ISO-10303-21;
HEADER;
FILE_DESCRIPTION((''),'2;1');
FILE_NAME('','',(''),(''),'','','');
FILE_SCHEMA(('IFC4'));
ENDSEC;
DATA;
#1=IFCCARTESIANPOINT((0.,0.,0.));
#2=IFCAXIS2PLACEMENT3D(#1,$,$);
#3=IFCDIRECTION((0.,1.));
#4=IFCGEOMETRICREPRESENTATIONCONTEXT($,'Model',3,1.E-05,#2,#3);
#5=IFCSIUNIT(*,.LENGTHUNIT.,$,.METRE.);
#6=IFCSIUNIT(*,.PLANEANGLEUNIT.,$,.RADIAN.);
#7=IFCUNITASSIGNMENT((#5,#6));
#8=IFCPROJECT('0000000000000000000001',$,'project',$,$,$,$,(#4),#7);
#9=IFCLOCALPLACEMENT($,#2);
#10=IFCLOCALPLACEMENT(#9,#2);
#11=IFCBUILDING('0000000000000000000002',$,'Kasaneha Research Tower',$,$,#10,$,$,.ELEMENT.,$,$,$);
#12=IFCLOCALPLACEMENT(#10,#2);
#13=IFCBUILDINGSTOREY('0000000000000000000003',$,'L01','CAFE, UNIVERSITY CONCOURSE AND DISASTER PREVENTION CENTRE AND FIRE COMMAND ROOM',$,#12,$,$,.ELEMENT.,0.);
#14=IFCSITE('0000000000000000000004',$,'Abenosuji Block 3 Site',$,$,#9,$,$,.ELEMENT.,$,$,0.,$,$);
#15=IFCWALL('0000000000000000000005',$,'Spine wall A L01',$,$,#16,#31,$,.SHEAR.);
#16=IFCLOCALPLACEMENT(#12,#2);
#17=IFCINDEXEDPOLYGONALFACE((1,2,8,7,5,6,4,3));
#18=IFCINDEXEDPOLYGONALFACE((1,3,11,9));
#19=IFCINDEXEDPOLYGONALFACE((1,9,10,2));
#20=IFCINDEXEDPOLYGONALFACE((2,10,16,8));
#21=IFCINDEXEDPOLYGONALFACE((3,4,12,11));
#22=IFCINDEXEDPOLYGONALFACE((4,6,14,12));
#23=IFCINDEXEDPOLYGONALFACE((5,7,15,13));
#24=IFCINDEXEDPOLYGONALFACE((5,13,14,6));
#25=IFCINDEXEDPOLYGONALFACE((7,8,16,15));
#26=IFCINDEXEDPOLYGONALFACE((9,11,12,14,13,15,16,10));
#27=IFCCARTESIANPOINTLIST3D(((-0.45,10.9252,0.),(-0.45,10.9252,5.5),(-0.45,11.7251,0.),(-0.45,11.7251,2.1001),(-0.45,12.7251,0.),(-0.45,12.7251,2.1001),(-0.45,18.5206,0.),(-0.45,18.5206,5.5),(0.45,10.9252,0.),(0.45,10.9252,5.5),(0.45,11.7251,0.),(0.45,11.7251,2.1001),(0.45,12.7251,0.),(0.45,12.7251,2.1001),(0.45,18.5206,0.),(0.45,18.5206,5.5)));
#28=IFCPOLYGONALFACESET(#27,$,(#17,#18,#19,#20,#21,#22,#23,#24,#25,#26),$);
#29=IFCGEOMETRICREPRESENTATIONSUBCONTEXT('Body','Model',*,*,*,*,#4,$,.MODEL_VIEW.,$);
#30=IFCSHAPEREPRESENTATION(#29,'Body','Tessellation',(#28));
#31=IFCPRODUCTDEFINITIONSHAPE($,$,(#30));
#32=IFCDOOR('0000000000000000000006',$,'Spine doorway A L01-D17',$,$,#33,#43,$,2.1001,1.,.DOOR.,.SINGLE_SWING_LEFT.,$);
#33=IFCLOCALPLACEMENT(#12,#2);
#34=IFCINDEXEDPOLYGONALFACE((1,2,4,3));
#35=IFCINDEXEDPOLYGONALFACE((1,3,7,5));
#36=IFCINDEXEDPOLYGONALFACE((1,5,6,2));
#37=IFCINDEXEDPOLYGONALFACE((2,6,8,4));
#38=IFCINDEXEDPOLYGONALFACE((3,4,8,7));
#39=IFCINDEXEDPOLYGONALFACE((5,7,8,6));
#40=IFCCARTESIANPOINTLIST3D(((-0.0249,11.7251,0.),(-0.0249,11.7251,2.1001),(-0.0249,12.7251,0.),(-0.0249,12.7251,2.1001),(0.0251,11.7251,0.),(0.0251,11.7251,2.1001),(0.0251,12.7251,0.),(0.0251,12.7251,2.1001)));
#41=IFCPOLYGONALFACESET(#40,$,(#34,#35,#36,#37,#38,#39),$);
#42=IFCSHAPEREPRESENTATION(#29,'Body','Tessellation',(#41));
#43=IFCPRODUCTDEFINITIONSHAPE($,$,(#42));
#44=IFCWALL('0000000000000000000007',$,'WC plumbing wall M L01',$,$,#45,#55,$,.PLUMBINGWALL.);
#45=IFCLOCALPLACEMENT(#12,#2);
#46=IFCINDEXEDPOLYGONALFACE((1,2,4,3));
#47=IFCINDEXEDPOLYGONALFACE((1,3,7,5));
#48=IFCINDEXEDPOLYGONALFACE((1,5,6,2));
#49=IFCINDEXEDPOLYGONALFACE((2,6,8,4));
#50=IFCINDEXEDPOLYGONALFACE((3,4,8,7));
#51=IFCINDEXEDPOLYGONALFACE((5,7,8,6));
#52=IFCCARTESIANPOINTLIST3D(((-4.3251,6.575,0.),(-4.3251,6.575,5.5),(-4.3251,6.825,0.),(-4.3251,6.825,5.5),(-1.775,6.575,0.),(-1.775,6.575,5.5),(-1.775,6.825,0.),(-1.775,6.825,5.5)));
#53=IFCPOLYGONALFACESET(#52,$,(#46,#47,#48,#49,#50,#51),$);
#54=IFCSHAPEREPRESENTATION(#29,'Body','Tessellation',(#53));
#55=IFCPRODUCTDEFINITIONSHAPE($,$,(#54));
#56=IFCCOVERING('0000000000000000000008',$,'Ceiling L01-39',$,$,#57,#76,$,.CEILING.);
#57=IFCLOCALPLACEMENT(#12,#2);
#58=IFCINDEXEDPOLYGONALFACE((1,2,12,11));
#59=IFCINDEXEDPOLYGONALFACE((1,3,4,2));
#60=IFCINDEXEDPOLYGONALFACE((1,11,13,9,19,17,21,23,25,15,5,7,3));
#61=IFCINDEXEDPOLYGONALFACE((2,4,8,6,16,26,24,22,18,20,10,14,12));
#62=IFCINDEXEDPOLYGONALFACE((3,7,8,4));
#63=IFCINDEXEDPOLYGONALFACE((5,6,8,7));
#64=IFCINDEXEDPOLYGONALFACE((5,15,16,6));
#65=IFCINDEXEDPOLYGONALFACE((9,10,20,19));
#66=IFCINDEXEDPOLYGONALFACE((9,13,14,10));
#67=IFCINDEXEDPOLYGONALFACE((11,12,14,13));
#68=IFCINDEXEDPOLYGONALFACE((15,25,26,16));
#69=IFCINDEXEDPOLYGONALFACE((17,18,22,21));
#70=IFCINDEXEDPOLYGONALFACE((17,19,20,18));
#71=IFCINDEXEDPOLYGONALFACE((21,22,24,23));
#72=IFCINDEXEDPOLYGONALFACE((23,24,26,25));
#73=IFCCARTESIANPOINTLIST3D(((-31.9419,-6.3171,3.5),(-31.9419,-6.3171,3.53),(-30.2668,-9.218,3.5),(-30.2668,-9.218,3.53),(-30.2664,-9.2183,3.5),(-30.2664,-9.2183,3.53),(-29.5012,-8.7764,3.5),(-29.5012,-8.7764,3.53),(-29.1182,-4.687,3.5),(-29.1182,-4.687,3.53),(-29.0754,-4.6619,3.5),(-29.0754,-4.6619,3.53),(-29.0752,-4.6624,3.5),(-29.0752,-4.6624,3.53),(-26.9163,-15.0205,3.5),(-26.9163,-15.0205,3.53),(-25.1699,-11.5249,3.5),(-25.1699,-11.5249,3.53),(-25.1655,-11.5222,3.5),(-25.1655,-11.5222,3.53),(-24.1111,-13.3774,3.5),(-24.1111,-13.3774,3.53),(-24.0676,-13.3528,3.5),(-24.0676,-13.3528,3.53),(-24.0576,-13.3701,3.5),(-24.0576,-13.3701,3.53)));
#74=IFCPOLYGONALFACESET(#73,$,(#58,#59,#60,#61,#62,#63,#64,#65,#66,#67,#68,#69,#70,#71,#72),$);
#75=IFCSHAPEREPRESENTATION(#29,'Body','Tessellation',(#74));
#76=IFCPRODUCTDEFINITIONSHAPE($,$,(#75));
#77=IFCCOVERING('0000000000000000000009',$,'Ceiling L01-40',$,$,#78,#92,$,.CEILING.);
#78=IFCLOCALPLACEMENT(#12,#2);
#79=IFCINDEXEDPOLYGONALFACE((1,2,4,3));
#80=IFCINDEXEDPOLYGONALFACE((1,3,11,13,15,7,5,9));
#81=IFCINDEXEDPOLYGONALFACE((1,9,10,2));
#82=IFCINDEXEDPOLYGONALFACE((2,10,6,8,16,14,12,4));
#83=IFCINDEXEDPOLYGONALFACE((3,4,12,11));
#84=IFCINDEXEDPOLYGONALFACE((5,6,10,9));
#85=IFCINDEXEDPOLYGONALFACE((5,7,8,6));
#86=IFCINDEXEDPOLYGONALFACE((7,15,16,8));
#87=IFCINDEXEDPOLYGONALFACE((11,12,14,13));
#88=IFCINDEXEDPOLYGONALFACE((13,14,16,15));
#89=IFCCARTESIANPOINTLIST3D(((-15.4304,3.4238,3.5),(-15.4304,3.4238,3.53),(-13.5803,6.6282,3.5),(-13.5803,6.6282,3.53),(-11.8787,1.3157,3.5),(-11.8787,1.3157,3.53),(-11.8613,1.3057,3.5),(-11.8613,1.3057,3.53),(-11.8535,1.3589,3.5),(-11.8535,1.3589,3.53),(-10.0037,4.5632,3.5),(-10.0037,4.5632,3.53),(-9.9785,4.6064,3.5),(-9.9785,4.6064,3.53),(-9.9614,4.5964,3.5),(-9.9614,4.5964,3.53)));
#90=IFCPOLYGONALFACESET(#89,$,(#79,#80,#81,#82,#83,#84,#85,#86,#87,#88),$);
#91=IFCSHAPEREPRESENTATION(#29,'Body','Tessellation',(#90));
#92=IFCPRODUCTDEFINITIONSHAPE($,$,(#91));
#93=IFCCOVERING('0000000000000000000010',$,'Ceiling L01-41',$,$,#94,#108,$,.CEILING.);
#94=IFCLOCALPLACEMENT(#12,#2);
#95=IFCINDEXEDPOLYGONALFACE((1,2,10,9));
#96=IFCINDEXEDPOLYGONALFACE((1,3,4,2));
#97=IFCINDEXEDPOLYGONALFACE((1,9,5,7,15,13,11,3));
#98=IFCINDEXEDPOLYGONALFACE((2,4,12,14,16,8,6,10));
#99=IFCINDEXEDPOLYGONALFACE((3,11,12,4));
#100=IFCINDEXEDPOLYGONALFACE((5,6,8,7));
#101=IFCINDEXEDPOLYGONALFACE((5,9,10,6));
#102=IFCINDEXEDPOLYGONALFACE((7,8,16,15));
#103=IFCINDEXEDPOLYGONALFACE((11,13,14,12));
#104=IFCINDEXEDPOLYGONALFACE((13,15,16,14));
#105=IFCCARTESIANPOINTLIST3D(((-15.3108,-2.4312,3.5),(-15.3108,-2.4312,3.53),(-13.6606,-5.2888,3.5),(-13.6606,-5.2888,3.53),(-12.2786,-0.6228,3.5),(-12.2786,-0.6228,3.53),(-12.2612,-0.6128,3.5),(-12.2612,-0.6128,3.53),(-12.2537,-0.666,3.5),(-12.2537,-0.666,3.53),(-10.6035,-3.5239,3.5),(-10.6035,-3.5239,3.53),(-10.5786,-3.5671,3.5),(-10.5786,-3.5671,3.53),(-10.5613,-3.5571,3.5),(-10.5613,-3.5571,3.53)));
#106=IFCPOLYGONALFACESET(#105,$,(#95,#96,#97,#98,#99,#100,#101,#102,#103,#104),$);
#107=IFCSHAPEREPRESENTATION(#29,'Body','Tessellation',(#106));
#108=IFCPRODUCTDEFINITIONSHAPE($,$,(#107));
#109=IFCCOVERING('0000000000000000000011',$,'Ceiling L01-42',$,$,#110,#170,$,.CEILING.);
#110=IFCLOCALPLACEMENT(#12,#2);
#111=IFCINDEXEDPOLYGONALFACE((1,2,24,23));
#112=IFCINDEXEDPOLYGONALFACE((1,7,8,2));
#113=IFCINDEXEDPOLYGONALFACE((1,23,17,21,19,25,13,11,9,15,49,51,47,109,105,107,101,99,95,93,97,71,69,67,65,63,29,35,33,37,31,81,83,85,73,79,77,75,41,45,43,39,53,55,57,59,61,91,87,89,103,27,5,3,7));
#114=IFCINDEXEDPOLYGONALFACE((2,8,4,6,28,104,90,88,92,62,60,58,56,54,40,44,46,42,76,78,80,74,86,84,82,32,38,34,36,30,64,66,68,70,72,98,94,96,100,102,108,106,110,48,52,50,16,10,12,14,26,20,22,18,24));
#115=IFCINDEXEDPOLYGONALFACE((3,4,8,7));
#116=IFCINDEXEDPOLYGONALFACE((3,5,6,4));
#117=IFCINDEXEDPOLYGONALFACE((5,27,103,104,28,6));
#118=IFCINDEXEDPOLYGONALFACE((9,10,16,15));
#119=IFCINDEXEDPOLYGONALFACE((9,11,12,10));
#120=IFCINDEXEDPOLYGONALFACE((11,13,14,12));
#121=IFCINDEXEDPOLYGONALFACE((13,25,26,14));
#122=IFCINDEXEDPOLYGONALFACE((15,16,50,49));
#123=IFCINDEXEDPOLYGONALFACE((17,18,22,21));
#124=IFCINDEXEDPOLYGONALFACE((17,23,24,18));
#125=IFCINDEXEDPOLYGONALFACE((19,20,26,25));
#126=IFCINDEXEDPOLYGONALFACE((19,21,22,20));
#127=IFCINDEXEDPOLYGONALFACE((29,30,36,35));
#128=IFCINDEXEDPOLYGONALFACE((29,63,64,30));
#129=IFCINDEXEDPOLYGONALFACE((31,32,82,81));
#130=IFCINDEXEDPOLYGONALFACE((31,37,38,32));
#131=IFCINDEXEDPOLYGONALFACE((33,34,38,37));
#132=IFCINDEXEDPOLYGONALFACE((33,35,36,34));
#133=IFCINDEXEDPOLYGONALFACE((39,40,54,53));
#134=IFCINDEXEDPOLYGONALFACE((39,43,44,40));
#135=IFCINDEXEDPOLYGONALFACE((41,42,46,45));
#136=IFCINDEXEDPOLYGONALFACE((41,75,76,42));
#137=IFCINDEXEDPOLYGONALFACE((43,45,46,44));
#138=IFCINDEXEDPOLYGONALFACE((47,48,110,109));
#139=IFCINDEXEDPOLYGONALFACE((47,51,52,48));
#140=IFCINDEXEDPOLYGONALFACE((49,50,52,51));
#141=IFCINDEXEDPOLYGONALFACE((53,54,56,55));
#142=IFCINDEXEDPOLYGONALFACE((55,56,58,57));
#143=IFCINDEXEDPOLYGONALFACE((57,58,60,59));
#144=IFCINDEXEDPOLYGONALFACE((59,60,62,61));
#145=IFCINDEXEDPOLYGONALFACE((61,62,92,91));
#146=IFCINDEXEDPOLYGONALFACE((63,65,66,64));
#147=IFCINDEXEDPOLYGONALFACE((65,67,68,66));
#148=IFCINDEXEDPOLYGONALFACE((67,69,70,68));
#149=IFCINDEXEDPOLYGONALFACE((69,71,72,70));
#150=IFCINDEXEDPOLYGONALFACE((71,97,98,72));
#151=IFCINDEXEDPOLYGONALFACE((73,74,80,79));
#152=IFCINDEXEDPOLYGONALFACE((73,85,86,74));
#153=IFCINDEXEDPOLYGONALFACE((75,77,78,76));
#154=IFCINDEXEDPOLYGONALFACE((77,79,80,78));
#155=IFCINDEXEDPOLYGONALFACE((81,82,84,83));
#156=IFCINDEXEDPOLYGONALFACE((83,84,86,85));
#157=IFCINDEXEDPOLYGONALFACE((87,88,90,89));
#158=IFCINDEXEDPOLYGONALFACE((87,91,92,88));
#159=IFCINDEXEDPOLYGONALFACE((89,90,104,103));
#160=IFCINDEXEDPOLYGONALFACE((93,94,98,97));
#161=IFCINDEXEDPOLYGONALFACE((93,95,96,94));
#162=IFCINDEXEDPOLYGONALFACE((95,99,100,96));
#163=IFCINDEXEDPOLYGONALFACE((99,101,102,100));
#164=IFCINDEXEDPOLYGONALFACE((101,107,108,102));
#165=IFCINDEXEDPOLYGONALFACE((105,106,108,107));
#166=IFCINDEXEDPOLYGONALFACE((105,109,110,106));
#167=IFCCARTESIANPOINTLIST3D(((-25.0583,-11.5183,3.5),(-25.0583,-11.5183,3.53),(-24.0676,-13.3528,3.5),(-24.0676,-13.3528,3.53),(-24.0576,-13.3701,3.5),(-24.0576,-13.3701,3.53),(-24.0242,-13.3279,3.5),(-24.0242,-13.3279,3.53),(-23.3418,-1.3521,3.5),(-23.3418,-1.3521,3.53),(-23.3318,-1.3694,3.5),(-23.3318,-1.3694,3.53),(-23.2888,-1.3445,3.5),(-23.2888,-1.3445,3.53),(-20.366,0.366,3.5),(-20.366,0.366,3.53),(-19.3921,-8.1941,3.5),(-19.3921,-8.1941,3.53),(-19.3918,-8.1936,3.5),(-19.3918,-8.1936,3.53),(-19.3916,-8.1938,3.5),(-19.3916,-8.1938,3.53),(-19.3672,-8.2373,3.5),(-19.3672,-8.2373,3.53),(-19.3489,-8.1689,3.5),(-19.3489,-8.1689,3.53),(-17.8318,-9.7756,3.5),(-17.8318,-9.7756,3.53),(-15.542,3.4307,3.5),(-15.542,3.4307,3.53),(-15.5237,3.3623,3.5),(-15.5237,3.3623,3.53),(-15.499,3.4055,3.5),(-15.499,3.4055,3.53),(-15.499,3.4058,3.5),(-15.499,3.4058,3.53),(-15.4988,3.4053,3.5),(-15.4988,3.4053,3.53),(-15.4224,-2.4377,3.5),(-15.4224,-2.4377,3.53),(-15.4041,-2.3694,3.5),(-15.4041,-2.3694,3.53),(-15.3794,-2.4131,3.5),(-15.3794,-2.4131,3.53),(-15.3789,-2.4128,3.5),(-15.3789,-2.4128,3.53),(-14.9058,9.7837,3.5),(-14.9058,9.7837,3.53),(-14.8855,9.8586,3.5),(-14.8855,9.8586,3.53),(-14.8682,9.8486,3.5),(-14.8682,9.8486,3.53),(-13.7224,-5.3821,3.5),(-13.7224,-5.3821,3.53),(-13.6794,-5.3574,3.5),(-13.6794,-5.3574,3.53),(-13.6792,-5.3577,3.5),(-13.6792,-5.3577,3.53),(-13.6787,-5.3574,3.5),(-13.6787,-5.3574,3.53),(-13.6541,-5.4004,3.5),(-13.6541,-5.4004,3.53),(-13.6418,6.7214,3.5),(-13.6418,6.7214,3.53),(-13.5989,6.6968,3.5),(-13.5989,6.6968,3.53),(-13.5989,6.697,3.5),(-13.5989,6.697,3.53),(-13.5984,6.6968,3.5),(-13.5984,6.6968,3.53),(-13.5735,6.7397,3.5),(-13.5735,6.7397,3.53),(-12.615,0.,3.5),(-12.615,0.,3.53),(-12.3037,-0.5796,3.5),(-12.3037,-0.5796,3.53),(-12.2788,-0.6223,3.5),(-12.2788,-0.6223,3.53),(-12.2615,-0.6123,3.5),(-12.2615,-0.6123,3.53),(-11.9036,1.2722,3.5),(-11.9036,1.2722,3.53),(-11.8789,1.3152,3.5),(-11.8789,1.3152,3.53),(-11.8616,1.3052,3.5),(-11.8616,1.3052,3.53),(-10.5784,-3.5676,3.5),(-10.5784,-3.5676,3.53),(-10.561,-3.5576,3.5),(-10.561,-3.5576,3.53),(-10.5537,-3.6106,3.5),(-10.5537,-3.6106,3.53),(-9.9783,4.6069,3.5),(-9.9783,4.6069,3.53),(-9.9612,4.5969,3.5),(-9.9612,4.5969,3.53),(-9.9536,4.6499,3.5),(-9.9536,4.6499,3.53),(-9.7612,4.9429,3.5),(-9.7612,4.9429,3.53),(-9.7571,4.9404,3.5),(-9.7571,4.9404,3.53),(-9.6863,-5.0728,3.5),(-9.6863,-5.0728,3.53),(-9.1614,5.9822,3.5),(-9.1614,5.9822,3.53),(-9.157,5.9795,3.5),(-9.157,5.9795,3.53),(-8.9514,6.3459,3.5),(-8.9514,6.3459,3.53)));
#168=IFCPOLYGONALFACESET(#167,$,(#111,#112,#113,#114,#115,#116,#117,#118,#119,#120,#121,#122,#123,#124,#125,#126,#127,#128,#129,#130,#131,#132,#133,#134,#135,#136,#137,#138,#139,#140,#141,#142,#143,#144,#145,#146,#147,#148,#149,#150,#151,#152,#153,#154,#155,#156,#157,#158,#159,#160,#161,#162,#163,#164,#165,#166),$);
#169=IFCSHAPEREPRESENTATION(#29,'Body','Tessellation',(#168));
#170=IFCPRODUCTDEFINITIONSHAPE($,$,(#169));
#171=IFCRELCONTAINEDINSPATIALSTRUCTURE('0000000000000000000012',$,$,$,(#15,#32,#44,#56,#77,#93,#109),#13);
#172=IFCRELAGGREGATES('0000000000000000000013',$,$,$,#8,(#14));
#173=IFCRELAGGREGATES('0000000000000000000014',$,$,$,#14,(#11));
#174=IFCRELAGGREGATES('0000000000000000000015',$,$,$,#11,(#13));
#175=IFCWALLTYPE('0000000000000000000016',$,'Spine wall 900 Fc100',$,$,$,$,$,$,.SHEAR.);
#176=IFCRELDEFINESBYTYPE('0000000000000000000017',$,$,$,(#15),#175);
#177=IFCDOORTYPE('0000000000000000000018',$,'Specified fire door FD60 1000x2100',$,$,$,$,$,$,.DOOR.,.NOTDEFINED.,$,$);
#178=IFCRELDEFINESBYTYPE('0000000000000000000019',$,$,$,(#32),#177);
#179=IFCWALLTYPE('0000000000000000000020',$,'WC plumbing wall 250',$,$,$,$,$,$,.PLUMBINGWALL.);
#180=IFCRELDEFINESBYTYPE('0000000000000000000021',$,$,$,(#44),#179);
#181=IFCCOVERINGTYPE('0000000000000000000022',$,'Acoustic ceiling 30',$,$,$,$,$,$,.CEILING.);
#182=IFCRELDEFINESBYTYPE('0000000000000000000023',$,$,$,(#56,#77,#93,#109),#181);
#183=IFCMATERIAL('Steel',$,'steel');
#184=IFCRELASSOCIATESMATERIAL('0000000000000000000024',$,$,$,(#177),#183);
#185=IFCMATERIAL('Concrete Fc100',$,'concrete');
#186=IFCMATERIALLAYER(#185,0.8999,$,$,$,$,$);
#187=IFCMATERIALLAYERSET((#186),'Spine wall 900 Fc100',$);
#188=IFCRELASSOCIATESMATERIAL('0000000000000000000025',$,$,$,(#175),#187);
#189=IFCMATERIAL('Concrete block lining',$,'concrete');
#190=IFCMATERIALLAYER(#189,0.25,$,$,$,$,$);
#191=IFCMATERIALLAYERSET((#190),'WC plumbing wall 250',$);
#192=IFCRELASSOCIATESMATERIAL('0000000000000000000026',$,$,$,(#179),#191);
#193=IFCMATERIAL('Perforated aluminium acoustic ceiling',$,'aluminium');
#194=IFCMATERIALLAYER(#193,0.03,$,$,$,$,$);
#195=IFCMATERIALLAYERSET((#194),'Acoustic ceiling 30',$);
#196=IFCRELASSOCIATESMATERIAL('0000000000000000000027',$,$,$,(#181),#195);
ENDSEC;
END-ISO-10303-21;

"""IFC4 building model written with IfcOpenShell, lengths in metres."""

from ifc_helpers import new_model, si_unit, direction, frame, frame_2d, origin, place, context, subcontext, project, spatial, polyline, rectangle, outline, extrude, material, layer, layer_set, type_object, element, fill, save


model = new_model("IFC4")

# Units and contexts
model_context = context("Model", 3, precision=1e-05, world=origin(), true_north=direction((0.0, 1.0)))
body_context = subcontext(model_context, "Body", "Model", "MODEL_VIEW")
ifc_project = project(units=[si_unit("LENGTHUNIT", "METRE"), si_unit("PLANEANGLEUNIT", "RADIAN")], contexts=[model_context])

# Site, building, storey
site_placement = place(None, origin())
site = spatial("IfcSite", under=ifc_project, at=site_placement, Name="Abenosuji Block 3 Site", CompositionType="ELEMENT", RefElevation=0.0)
building_placement = place(site_placement, origin())
building = spatial("IfcBuilding", under=site, at=building_placement, Name="Kasaneha Research Tower", CompositionType="ELEMENT")
storey_placement = place(building_placement, origin())
storey = spatial("IfcBuildingStorey", under=building, at=storey_placement, Name="L01", Description="CAFE, UNIVERSITY CONCOURSE AND DISASTER PREVENTION CENTRE AND FIRE COMMAND ROOM", CompositionType="ELEMENT", Elevation=0.0)

# Shared definitions
ifc_material_1 = material(Name="Steel", Category="steel")
door_type_1 = type_object("IfcDoorType", Name="Specified fire door FD60 1000x2100", OperationType="NOTDEFINED", PredefinedType="DOOR", material=ifc_material_1)

# Wall, opening, door
ifc_material_2 = material(Name="Concrete Fc100", Category="concrete")
ifc_layer_1 = layer(ifc_material_2, 0.8999)
ifc_layer_set_1 = layer_set([ifc_layer_1], Name="Spine wall 900 Fc100")
wall_type_1 = type_object("IfcWallType", Name="Spine wall 900 Fc100", PredefinedType="SHEAR", material=ifc_layer_set_1)
wall_1_placement = place(storey_placement, frame((0.0, 10.925, 0.0), z_axis=(0.0, 0.0, 1.0), x_axis=(0.0, 1.0, 0.0)))
wall_1 = element("IfcWall", 1, at=wall_1_placement, inside=storey, type_object=wall_type_1, Name="Spine wall A L01", PredefinedType="SHEAR", context=body_context, shape_type="SweptSolid", body=[
    extrude(rectangle(XDim=7.5955, YDim=0.8999, at=frame_2d((3.7979, 0.0))), origin(), (0.0, 0.0, 1.0), 5.5),
])
opening_1_placement = place(wall_1_placement, frame((0.8, 0.0, 0.0)))
opening_1 = element("IfcOpeningElement", 2, at=opening_1_placement, cuts=wall_1, PredefinedType="OPENING", context=body_context, shape_type="SweptSolid", body=[
    extrude(rectangle(XDim=1.0, YDim=2.1001, at=frame_2d((0.5, 1.05))), frame((0.0, 0.46, 0.0), z_axis=(0.0, -1.0, 0.0), x_axis=(1.0, 0.0, 0.0)), (0.0, 0.0, 1.0), 0.9199),
])
door_1_placement = place(opening_1_placement, origin())
door_1 = element("IfcDoor", 3, at=door_1_placement, inside=storey, type_object=door_type_1, Name="Spine doorway A L01-D17", OperationType="SINGLE_SWING_LEFT", OverallHeight=2.1001, OverallWidth=1.0, PredefinedType="DOOR", context=body_context, shape_type="SweptSolid", body=[
    extrude(rectangle(XDim=1.0, YDim=2.1001, at=frame_2d((0.5, 1.05))), frame((0.0, 0.0249, 0.0), z_axis=(0.0, -1.0, 0.0), x_axis=(1.0, 0.0, 0.0)), (0.0, 0.0, 1.0), 0.05),
])
fill(opening_1, door_1)

# Wall
ifc_material_3 = material(Name="Concrete block lining", Category="concrete")
ifc_layer_2 = layer(ifc_material_3, 0.25)
ifc_layer_set_2 = layer_set([ifc_layer_2], Name="WC plumbing wall 250")
wall_type_2 = type_object("IfcWallType", Name="WC plumbing wall 250", PredefinedType="PLUMBINGWALL", material=ifc_layer_set_2)
wall_2_placement = place(storey_placement, frame((-4.325, 6.7, 0.0), z_axis=(0.0, 0.0, 1.0), x_axis=(1.0, 0.0, 0.0)))
element("IfcWall", 4, at=wall_2_placement, inside=storey, type_object=wall_type_2, Name="WC plumbing wall M L01", PredefinedType="PLUMBINGWALL", context=body_context, shape_type="SweptSolid", body=[
    extrude(rectangle(XDim=2.55, YDim=0.25, at=frame_2d((1.2749, 0.0))), origin(), (0.0, 0.0, 1.0), 5.5),
])

# Coverings
ifc_material_4 = material(Name="Perforated aluminium acoustic ceiling", Category="aluminium")
ifc_layer_3 = layer(ifc_material_4, 0.03)
ifc_layer_set_3 = layer_set([ifc_layer_3], Name="Acoustic ceiling 30")
covering_type = type_object("IfcCoveringType", Name="Acoustic ceiling 30", PredefinedType="CEILING", material=ifc_layer_set_3)
covering_1_placement = place(storey_placement, frame((0.0, 0.0, 3.5)))
element("IfcCovering", 5, at=covering_1_placement, inside=storey, type_object=covering_type, Name="Ceiling L01-39", PredefinedType="CEILING", context=body_context, shape_type="SweptSolid", body=[
    extrude(outline(polyline([(-29.5012, -8.7764), (-30.2668, -9.218), (-31.9419, -6.3171), (-29.0754, -4.6619), (-29.0752, -4.6624), (-29.1182, -4.687), (-25.1655, -11.5222), (-25.1699, -11.5249), (-24.1111, -13.3774), (-24.0676, -13.3528), (-24.0576, -13.3701), (-26.9163, -15.0205), (-30.2664, -9.2183), (-29.5012, -8.7764)])), origin(), (0.0, 0.0, 1.0), 0.03),
])
covering_2_placement = place(storey_placement, frame((0.0, 0.0, 3.5)))
element("IfcCovering", 6, at=covering_2_placement, inside=storey, type_object=covering_type, Name="Ceiling L01-40", PredefinedType="CEILING", context=body_context, shape_type="SweptSolid", body=[
    extrude(outline(polyline([(-11.8613, 1.3057), (-11.8787, 1.3157), (-11.8535, 1.3589), (-15.4304, 3.4238), (-13.5803, 6.6282), (-10.0037, 4.5632), (-9.9785, 4.6064), (-9.9614, 4.5964), (-11.8613, 1.3057)])), origin(), (0.0, 0.0, 1.0), 0.03),
])
covering_3_placement = place(storey_placement, frame((0.0, 0.0, 3.5)))
element("IfcCovering", 7, at=covering_3_placement, inside=storey, type_object=covering_type, Name="Ceiling L01-41", PredefinedType="CEILING", context=body_context, shape_type="SweptSolid", body=[
    extrude(outline(polyline([(-10.5613, -3.5571), (-10.5786, -3.5671), (-10.6035, -3.5239), (-13.6606, -5.2888), (-15.3108, -2.4312), (-12.2537, -0.666), (-12.2786, -0.6228), (-12.2612, -0.6128), (-10.5613, -3.5571)])), origin(), (0.0, 0.0, 1.0), 0.03),
])
covering_4_placement = place(storey_placement, frame((0.0, 0.0, 3.5)))
element("IfcCovering", 8, at=covering_4_placement, inside=storey, type_object=covering_type, Name="Ceiling L01-42", PredefinedType="CEILING", context=body_context, shape_type="SweptSolid", body=[
    extrude(outline(polyline([(-12.615, 0.0), (-12.2615, -0.6123), (-12.2788, -0.6223), (-12.3037, -0.5796), (-15.4041, -2.3694), (-15.3789, -2.4128), (-15.3794, -2.4131), (-15.3794, -2.4131), (-15.4224, -2.4377), (-13.7224, -5.3821), (-13.6794, -5.3574), (-13.6792, -5.3577), (-13.6787, -5.3574), (-13.6541, -5.4004), (-10.5537, -3.6106), (-10.5784, -3.5676), (-10.561, -3.5576), (-9.6863, -5.0728), (-17.8318, -9.7756), (-24.0576, -13.3701), (-24.0676, -13.3528), (-24.0242, -13.3279), (-25.0583, -11.5183), (-19.3672, -8.2373), (-19.3921, -8.1941), (-19.3916, -8.1938), (-19.3918, -8.1936), (-19.3489, -8.1689), (-23.2888, -1.3445), (-23.3318, -1.3694), (-23.3418, -1.3521), (-20.366, 0.366), (-14.8855, 9.8586), (-14.8682, 9.8486), (-14.9058, 9.7837), (-8.9514, 6.3459), (-9.1614, 5.9822), (-9.157, 5.9795), (-9.7571, 4.9404), (-9.7612, 4.9429), (-9.9612, 4.5969), (-9.9783, 4.6069), (-9.9536, 4.6499), (-13.5735, 6.7397), (-13.5984, 6.6968), (-13.5989, 6.697), (-13.5989, 6.6968), (-13.6418, 6.7214), (-15.542, 3.4307), (-15.499, 3.4058), (-15.499, 3.4055), (-15.4988, 3.4053), (-15.5237, 3.3623), (-11.9036, 1.2722), (-11.8789, 1.3152), (-11.8616, 1.3052), (-12.615, 0.0)])), origin(), (0.0, 0.0, 1.0), 0.03),
])

save(model, "model.ifc")
